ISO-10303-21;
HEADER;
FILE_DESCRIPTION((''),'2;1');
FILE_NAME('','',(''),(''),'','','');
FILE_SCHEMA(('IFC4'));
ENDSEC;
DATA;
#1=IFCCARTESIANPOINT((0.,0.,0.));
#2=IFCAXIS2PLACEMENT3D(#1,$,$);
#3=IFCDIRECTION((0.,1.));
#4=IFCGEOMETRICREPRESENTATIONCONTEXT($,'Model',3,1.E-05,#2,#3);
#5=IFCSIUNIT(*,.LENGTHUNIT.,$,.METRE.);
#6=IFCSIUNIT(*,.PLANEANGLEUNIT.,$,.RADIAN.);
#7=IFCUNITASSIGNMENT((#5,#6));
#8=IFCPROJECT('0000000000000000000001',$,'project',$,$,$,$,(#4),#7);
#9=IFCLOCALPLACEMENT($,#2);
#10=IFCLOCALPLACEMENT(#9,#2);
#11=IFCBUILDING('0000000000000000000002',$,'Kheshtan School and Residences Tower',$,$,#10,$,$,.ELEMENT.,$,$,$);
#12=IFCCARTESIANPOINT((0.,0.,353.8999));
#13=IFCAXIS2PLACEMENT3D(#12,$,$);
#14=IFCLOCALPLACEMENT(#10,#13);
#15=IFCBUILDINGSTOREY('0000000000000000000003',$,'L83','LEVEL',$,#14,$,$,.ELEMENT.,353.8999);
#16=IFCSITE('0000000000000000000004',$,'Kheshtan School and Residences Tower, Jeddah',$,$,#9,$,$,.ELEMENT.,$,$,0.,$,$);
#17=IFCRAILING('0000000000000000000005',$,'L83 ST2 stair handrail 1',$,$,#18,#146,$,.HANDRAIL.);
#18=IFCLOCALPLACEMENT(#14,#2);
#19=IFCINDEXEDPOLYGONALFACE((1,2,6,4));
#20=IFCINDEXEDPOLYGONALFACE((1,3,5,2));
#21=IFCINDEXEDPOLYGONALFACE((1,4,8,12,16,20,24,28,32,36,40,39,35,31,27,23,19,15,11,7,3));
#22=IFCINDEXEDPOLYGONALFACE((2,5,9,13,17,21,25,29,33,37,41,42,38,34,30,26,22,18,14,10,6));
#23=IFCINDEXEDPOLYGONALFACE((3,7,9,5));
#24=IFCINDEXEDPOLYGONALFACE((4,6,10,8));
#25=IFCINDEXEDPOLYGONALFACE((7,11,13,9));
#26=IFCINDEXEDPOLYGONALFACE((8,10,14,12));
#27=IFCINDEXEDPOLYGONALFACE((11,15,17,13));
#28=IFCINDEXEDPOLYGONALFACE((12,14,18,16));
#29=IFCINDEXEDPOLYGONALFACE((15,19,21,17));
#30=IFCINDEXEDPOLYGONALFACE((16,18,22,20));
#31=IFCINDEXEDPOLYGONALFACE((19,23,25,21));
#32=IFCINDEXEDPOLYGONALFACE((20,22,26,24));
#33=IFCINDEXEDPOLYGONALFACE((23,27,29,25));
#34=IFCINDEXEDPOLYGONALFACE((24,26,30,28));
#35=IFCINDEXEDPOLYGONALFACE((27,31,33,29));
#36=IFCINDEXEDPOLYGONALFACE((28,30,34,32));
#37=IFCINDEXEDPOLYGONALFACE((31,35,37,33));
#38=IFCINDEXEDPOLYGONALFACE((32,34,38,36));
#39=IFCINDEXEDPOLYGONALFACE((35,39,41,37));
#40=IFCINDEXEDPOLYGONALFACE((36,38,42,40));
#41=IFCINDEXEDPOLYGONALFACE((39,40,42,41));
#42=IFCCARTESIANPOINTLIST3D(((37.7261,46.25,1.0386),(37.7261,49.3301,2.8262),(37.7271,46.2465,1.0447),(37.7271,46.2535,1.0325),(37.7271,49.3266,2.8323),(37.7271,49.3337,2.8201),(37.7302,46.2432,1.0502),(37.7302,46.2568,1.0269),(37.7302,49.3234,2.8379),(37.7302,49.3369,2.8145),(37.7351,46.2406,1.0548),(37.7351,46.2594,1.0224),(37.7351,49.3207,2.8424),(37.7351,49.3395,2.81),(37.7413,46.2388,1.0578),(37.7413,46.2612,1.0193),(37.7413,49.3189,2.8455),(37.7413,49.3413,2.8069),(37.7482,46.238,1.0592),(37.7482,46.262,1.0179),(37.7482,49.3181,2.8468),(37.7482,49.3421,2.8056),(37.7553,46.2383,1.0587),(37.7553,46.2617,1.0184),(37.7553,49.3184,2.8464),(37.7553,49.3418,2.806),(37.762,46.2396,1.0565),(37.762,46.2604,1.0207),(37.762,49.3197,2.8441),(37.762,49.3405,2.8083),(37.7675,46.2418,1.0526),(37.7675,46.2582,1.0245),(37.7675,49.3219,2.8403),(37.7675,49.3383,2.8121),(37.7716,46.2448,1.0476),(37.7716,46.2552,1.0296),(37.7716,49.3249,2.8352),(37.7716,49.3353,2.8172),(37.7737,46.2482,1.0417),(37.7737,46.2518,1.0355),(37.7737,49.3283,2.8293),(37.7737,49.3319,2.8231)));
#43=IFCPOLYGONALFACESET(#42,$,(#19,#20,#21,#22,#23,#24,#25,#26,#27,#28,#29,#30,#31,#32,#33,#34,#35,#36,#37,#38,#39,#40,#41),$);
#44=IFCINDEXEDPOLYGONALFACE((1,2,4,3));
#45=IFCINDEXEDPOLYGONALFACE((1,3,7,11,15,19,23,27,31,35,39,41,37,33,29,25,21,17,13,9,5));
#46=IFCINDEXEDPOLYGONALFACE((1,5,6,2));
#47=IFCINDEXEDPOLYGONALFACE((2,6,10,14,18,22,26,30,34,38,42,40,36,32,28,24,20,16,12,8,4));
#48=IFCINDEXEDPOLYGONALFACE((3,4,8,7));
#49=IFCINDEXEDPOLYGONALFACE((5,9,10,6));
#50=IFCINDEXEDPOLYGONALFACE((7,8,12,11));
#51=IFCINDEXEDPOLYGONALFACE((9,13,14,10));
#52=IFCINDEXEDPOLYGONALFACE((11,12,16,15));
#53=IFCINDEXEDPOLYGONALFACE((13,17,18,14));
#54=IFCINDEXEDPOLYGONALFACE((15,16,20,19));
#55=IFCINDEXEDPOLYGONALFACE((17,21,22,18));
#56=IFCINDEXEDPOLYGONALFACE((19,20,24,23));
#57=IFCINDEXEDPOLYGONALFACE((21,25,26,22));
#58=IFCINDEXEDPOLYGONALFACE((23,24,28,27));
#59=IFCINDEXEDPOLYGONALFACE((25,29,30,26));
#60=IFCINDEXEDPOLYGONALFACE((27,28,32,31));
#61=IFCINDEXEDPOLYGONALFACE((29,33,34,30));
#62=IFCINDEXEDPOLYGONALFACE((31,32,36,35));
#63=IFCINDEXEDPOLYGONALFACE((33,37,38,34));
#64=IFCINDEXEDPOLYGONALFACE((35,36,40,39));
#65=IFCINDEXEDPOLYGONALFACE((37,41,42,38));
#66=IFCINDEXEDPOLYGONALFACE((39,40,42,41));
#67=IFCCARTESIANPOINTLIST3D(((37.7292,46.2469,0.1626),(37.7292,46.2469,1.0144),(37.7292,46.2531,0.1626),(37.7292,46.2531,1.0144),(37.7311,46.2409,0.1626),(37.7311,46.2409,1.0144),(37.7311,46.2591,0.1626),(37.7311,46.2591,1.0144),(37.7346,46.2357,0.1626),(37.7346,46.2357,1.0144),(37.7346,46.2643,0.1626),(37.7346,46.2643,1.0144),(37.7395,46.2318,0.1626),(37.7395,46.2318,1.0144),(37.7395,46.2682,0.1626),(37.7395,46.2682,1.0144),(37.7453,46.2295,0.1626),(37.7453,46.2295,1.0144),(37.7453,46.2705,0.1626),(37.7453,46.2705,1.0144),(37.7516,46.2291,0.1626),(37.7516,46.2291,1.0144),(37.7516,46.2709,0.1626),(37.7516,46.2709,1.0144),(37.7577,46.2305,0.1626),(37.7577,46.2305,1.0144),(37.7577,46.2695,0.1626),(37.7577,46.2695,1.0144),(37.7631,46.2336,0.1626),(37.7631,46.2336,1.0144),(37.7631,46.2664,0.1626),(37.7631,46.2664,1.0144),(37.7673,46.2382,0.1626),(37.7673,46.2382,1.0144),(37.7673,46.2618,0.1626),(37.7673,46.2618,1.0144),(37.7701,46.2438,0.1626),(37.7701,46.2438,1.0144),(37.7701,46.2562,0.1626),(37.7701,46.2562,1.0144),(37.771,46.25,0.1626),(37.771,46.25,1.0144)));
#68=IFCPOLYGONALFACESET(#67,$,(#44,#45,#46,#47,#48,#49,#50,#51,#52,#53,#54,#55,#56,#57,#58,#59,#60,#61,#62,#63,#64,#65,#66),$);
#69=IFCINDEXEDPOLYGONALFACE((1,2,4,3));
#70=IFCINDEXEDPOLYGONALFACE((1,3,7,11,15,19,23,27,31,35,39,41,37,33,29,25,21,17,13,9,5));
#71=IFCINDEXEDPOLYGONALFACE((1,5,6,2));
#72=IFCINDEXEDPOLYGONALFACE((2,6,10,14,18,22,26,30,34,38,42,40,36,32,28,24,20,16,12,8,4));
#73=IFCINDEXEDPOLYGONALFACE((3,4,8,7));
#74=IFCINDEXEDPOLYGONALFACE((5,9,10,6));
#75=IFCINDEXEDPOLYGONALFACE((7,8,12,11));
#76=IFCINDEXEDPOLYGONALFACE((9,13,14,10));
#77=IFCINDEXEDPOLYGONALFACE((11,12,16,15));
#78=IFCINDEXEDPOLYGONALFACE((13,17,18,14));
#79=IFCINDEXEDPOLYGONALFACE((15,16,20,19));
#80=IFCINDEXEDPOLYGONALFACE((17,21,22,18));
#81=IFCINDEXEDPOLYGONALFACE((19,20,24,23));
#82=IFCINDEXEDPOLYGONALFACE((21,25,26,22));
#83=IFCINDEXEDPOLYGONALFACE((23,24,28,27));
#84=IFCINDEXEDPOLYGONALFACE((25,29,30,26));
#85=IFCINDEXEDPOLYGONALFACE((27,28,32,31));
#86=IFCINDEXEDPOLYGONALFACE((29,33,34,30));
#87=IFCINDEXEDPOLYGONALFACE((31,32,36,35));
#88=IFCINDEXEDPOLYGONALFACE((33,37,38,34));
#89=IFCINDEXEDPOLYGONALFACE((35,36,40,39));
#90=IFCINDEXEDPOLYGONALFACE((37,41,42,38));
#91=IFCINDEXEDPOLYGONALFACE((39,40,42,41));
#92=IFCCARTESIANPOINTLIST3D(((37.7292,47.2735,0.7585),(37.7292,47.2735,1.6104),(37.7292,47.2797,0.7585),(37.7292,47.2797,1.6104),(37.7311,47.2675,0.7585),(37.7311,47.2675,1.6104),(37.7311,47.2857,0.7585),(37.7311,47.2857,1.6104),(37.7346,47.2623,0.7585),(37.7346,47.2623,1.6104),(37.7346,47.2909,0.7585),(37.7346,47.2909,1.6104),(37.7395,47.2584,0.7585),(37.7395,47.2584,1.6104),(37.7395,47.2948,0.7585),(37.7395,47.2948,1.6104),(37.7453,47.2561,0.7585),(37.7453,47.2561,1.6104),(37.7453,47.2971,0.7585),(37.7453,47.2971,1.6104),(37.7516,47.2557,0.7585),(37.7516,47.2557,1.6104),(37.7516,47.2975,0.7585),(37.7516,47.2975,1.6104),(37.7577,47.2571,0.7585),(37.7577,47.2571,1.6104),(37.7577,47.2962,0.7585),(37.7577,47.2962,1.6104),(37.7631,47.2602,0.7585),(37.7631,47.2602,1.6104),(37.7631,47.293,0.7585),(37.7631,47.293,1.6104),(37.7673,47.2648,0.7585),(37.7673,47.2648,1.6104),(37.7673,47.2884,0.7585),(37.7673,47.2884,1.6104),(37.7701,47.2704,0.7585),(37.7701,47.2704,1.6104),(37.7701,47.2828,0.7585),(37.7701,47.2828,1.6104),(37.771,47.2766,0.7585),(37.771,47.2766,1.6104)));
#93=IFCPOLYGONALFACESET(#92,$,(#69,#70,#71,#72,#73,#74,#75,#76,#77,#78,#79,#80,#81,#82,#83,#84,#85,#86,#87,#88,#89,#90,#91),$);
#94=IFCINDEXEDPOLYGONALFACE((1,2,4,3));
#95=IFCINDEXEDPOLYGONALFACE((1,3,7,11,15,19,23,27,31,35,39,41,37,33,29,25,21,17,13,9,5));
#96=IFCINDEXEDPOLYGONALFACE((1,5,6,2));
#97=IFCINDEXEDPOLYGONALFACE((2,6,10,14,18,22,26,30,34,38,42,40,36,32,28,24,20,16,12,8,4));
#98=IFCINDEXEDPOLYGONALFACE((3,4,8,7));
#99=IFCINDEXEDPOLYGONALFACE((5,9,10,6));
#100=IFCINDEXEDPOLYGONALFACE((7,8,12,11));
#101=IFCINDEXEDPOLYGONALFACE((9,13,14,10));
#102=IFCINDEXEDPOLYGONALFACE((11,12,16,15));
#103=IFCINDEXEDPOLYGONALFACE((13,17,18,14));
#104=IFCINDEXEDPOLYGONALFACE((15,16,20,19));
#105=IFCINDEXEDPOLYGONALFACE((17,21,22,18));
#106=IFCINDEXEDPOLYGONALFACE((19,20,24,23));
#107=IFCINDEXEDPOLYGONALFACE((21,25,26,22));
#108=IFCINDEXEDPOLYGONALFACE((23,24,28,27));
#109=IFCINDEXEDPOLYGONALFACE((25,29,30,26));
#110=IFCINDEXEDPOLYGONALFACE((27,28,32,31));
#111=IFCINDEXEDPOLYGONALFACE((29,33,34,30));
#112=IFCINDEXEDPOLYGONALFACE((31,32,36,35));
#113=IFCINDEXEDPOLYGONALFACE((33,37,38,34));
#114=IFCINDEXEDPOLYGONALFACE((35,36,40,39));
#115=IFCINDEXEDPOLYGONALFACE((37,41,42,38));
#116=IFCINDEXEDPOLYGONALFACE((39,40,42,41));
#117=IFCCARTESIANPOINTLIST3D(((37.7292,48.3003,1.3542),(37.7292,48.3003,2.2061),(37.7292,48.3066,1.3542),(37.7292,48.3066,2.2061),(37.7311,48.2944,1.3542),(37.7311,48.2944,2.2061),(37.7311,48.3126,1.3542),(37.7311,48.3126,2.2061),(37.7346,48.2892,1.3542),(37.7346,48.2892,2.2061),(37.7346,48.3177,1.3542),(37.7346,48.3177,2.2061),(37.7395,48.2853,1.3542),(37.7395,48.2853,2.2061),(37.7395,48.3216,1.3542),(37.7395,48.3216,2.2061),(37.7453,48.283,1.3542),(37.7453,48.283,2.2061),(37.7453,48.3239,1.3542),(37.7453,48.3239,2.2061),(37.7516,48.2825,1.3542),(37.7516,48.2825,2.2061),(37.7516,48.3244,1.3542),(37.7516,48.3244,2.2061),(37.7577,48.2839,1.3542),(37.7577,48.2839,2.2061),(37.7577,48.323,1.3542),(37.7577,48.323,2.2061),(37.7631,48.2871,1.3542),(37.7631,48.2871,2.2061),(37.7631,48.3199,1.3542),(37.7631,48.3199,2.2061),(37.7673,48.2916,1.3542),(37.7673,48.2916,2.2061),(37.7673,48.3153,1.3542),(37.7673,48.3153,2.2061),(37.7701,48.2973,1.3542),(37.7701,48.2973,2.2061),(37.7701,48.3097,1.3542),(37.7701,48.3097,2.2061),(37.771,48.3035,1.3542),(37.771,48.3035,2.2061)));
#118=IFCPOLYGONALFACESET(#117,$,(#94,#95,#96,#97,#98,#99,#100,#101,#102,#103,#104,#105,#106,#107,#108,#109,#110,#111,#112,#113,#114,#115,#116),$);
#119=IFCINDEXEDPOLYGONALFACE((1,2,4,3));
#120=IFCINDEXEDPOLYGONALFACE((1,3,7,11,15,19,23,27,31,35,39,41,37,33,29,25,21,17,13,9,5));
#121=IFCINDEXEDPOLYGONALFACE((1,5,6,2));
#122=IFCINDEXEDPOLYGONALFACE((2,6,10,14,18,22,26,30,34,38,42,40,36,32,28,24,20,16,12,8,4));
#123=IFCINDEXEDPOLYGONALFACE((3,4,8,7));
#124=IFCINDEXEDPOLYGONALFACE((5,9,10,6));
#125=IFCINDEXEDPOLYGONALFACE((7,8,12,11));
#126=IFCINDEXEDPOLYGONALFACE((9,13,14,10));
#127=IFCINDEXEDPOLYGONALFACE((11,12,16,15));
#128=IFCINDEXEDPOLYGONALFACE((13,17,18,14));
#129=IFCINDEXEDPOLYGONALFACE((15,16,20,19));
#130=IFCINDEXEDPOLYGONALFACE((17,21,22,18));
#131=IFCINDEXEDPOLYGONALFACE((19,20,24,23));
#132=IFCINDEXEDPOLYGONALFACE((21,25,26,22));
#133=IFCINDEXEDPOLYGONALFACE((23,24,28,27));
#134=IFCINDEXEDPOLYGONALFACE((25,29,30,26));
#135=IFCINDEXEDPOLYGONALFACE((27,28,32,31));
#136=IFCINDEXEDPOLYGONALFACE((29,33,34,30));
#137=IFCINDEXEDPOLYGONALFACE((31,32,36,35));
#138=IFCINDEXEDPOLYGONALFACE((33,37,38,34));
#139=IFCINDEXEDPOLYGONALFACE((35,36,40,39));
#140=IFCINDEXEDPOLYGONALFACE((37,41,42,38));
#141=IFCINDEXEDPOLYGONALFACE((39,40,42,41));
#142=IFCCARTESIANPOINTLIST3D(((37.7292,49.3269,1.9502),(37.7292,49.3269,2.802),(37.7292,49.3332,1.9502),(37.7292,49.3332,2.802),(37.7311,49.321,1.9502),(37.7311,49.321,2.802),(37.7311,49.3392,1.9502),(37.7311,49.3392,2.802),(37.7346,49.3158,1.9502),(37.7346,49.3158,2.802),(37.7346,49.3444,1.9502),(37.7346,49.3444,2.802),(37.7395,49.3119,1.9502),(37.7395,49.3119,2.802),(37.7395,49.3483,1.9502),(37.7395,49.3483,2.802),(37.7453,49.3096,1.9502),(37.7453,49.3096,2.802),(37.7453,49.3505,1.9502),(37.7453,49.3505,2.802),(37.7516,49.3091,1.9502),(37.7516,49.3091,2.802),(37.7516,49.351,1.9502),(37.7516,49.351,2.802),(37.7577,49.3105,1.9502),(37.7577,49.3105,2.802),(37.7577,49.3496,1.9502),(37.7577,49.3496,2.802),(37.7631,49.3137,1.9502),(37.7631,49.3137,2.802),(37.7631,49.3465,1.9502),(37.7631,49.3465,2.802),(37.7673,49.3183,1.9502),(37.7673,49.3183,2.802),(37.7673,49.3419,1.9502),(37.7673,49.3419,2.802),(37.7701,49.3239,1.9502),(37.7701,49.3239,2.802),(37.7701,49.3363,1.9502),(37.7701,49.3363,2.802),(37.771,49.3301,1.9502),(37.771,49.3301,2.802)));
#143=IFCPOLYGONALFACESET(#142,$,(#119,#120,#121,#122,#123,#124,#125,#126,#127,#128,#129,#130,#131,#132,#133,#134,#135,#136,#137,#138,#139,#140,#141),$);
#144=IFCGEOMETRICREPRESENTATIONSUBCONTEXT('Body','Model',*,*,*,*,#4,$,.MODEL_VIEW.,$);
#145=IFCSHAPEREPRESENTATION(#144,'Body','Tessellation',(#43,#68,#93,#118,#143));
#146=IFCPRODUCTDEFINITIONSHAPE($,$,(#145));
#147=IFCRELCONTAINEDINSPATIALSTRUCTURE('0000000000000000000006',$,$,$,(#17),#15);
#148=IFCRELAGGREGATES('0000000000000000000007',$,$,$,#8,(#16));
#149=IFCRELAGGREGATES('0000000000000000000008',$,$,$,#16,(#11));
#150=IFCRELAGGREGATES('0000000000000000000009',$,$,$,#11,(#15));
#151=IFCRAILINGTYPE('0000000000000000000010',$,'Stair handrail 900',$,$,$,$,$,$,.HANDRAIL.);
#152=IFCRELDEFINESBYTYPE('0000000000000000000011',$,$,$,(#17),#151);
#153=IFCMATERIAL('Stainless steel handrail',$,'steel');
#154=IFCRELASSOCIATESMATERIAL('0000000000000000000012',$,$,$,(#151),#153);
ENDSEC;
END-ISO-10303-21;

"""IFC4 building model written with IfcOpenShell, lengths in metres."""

from ifc_helpers import new_model, si_unit, direction, frame, origin, origin_2d, place, context, subcontext, project, spatial, circle, extrude, material, type_object, element, save


model = new_model("IFC4")

# Units and contexts
model_context = context("Model", 3, precision=1e-05, world=origin(), true_north=direction((0.0, 1.0)))
body_context = subcontext(model_context, "Body", "Model", "MODEL_VIEW")
ifc_project = project(units=[si_unit("LENGTHUNIT", "METRE"), si_unit("PLANEANGLEUNIT", "RADIAN")], contexts=[model_context])

# Site, building, storey
site_placement = place(None, origin())
site = spatial("IfcSite", under=ifc_project, at=site_placement, Name="Kheshtan School and Residences Tower, Jeddah", CompositionType="ELEMENT", RefElevation=0.0)
building_placement = place(site_placement, origin())
building = spatial("IfcBuilding", under=site, at=building_placement, Name="Kheshtan School and Residences Tower", CompositionType="ELEMENT")
storey_placement = place(building_placement, frame((0.0, 0.0, 353.8999)))
storey = spatial("IfcBuildingStorey", under=building, at=storey_placement, Name="L83", Description="LEVEL", CompositionType="ELEMENT", Elevation=353.8999)

# Railing
ifc_material_1 = material(Name="Stainless steel handrail", Category="steel")
railing_type_1 = type_object("IfcRailingType", Name="Stair handrail 900", PredefinedType="HANDRAIL", material=ifc_material_1)
railing_1_placement = place(storey_placement, frame((37.75, 46.25, 0.1626)))
element("IfcRailing", 1, at=railing_1_placement, inside=storey, type_object=railing_type_1, Name="L83 ST2 stair handrail 1", PredefinedType="HANDRAIL", context=body_context, shape_type="SweptSolid", body=[
    extrude(circle(Radius=0.0239, at=origin_2d()), frame((0.0, 0.0, 0.876), z_axis=(0.0, 0.864891, 0.50196), x_axis=(-1.0, 0.0, 0.0)), (0.0, 0.0, 1.0), 3.5613),
    extrude(circle(Radius=0.021, at=origin_2d()), origin(), (0.0, 0.0, 1.0), 0.8518),
    extrude(circle(Radius=0.021, at=origin_2d()), frame((0.0, 1.0266, 0.5959)), (0.0, 0.0, 1.0), 0.8518),
    extrude(circle(Radius=0.021, at=origin_2d()), frame((0.0, 2.0535, 1.1917)), (0.0, 0.0, 1.0), 0.8518),
    extrude(circle(Radius=0.021, at=origin_2d()), frame((0.0, 3.0801, 1.7876)), (0.0, 0.0, 1.0), 0.8518),
])

save(model, "model.ifc")
